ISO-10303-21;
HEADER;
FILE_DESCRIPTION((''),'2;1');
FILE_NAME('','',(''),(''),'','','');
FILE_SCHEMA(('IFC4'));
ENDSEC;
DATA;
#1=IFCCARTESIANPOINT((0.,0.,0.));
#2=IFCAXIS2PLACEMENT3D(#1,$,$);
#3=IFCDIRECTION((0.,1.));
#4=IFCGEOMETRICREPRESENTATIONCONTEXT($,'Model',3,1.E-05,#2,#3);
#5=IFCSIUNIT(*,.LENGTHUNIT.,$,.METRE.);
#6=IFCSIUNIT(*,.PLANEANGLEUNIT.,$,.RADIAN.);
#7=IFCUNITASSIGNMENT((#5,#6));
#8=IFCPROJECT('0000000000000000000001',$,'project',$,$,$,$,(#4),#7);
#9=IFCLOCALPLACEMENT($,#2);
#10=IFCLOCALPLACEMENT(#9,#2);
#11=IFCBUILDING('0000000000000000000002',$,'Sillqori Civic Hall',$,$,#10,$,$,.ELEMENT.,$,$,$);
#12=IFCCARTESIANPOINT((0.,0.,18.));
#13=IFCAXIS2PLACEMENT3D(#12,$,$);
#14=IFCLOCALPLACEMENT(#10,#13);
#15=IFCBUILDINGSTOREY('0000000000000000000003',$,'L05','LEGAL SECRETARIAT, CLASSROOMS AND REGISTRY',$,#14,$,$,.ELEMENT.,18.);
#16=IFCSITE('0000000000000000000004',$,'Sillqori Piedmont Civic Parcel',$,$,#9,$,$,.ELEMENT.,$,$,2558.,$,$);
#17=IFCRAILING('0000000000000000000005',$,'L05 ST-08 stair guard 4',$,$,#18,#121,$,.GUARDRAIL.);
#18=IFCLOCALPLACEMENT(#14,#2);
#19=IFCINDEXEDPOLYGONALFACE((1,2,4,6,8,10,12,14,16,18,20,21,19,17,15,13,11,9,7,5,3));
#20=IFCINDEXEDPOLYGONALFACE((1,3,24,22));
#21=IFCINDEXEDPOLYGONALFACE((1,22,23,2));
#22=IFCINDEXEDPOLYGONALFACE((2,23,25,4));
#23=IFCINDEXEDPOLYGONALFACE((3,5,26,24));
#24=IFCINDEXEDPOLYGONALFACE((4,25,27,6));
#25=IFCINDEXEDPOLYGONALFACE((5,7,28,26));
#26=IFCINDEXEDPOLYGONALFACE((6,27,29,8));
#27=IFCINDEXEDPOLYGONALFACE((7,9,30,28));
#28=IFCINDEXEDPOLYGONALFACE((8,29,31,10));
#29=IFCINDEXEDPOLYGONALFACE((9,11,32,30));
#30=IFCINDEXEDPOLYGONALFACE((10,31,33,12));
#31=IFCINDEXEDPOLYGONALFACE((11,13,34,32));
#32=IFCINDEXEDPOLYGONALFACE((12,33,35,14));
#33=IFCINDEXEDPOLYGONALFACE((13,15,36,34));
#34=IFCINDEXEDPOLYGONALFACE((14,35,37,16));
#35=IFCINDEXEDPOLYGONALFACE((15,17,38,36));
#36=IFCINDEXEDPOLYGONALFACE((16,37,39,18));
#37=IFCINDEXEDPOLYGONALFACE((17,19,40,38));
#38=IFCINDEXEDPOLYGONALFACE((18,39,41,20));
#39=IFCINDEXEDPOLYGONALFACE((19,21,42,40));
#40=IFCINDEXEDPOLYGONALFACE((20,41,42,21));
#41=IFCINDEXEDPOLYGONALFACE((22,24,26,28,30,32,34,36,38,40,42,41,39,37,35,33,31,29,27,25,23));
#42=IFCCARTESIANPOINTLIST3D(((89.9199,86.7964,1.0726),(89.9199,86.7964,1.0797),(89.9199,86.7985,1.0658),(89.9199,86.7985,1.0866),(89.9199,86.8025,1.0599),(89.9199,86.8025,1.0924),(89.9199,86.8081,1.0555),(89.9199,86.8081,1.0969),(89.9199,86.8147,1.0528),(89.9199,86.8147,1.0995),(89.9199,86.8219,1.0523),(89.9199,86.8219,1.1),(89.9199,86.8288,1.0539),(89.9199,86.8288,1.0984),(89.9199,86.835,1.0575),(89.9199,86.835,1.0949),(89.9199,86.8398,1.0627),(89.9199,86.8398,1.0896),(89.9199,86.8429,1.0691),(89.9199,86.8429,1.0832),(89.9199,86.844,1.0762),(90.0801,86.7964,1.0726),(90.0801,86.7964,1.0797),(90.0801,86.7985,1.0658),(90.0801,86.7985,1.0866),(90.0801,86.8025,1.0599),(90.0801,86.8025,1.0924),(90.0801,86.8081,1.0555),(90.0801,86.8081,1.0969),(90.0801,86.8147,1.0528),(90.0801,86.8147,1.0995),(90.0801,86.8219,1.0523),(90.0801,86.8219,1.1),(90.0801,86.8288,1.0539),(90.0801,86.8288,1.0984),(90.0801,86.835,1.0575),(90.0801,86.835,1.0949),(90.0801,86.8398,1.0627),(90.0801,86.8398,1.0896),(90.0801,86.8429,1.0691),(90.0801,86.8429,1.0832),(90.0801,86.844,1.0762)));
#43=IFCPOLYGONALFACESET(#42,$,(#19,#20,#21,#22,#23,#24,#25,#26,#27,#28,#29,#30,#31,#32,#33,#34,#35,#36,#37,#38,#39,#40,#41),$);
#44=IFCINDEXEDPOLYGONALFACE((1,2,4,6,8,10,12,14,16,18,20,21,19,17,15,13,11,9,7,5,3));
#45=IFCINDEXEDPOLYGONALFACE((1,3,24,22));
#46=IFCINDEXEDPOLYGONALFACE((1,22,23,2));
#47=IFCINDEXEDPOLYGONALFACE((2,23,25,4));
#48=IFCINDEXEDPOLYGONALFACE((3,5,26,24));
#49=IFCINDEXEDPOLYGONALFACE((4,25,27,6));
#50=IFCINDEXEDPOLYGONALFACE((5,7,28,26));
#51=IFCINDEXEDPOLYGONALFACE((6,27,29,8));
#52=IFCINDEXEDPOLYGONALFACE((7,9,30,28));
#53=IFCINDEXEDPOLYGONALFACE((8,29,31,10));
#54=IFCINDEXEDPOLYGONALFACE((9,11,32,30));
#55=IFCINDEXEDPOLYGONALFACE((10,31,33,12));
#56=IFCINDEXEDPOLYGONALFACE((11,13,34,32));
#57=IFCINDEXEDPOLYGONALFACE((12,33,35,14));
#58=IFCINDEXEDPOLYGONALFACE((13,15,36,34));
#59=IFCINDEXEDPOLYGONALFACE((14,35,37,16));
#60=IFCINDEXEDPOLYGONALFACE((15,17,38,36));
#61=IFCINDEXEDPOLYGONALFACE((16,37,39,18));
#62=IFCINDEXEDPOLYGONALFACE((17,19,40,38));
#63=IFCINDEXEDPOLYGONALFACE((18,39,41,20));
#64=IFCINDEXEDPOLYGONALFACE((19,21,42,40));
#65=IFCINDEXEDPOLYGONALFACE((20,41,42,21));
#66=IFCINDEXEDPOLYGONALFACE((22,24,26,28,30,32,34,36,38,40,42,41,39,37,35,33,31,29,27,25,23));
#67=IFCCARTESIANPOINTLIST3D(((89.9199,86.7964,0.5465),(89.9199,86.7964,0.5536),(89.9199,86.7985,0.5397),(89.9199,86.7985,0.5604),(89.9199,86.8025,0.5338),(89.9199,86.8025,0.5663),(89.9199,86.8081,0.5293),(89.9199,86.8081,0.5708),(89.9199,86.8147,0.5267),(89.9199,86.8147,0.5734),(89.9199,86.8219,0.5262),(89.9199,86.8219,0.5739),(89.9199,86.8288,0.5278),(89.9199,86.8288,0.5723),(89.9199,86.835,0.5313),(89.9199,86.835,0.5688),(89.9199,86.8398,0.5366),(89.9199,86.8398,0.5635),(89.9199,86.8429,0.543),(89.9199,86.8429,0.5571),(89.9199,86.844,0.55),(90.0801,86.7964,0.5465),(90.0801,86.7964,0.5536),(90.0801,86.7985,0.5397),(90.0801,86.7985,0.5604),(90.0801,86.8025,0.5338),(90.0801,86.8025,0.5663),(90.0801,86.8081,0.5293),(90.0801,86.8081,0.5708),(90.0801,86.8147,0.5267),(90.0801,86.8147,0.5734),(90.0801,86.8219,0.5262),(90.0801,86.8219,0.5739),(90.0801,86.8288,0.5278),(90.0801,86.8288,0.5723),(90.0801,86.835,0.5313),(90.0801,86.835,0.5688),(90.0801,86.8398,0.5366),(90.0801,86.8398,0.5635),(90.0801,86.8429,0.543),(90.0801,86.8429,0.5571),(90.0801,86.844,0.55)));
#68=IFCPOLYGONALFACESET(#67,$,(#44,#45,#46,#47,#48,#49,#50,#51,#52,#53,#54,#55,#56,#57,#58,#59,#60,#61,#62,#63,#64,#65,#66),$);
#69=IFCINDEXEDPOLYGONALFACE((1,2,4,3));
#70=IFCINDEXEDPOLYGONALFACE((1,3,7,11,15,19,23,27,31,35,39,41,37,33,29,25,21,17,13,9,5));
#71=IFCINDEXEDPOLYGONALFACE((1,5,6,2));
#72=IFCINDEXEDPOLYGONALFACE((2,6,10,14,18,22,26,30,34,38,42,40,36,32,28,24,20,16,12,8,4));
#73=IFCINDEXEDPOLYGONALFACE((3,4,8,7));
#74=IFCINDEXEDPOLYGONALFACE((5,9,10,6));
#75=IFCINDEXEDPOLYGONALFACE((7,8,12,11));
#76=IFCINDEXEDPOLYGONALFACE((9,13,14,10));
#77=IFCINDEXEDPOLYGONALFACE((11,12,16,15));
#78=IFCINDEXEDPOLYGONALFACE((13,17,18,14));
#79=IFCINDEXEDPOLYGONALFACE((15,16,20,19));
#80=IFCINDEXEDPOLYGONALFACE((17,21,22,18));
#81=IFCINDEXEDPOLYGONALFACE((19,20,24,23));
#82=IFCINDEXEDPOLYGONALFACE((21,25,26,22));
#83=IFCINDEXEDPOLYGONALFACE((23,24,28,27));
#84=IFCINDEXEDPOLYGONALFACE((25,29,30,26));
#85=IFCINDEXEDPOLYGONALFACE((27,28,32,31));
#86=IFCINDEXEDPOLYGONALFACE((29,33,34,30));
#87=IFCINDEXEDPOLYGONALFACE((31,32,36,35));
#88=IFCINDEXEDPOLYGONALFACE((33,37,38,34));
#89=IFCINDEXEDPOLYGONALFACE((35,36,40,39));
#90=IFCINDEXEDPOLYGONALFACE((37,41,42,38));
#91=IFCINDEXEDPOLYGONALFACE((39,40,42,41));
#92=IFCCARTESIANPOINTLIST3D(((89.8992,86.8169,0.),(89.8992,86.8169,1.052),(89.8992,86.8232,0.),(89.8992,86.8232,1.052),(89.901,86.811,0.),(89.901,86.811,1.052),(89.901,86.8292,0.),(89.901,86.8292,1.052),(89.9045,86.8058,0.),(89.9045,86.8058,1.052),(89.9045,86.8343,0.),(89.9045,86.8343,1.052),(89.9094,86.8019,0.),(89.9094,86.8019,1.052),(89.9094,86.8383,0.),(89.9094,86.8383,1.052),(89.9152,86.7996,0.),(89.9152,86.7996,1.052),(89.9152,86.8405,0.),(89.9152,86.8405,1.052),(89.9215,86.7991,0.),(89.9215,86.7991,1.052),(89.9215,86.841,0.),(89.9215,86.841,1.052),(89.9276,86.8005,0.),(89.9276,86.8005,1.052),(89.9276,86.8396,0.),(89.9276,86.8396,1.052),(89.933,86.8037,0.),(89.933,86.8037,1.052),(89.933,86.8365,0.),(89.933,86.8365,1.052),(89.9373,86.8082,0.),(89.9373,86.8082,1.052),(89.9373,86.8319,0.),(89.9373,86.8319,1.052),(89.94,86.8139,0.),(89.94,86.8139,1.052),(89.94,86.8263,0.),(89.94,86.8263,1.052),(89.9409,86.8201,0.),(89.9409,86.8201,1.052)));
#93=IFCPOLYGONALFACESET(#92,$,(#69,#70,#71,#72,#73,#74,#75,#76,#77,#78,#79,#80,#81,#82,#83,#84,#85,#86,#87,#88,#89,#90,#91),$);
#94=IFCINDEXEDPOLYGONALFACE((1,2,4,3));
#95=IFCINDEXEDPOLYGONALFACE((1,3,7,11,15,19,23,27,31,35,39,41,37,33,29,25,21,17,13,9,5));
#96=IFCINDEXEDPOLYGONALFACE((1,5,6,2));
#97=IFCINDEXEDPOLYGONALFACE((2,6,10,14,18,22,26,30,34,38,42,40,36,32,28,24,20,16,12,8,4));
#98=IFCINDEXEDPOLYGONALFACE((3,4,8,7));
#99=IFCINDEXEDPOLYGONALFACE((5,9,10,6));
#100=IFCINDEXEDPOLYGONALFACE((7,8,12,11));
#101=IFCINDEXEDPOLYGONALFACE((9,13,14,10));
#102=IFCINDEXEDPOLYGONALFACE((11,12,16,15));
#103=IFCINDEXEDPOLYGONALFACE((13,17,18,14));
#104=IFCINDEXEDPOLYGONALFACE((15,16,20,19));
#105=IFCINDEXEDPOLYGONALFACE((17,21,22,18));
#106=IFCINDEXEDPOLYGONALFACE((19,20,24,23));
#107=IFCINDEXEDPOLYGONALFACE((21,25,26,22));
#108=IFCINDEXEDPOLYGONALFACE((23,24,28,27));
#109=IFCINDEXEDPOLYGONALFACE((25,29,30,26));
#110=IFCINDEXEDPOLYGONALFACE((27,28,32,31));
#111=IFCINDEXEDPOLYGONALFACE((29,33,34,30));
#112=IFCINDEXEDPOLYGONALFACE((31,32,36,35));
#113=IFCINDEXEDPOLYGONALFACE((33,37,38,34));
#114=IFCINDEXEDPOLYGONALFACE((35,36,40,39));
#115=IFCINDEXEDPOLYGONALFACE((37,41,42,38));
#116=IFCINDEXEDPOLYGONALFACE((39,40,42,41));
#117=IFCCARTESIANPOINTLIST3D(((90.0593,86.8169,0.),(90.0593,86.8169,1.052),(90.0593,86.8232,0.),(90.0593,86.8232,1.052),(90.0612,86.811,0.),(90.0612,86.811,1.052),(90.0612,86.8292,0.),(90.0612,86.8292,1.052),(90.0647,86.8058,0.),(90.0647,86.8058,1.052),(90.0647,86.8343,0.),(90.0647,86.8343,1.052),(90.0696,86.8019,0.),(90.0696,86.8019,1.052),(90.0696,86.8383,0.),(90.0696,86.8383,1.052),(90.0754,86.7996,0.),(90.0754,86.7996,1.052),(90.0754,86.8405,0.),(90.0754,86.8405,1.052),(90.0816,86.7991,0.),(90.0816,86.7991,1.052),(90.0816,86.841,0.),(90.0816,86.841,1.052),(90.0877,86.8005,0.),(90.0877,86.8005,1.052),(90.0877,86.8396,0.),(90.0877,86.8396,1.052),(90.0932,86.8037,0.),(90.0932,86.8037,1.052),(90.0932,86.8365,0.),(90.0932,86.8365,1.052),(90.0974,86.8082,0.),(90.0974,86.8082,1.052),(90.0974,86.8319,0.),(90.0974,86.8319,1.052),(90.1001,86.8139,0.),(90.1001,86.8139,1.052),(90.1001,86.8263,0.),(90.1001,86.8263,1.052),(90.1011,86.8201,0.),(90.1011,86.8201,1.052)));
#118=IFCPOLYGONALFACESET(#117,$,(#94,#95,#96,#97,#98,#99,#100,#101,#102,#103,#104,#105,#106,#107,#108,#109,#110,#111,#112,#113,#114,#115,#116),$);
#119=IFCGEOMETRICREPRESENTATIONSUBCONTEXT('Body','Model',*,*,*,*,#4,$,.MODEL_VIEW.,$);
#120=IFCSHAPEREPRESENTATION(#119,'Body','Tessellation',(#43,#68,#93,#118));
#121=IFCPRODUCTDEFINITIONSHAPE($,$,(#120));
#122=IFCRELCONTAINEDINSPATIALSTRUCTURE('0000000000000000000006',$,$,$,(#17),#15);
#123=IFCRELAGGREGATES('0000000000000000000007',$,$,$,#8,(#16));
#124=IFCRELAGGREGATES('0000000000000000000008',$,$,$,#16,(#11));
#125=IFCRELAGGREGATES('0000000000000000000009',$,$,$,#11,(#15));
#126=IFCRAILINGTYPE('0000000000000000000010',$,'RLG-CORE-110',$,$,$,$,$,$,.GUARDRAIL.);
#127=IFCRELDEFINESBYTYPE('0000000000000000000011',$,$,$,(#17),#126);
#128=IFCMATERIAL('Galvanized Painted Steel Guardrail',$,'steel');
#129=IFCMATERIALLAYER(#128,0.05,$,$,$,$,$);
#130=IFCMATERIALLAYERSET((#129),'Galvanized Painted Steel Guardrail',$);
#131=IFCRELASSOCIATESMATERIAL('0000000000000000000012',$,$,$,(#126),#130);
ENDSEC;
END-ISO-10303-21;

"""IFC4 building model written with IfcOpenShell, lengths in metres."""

from ifc_helpers import new_model, si_unit, direction, frame, origin, origin_2d, place, context, subcontext, project, spatial, circle, extrude, material, layer, layer_set, type_object, element, save


model = new_model("IFC4")

# Units and contexts
model_context = context("Model", 3, precision=1e-05, world=origin(), true_north=direction((0.0, 1.0)))
body_context = subcontext(model_context, "Body", "Model", "MODEL_VIEW")
ifc_project = project(units=[si_unit("LENGTHUNIT", "METRE"), si_unit("PLANEANGLEUNIT", "RADIAN")], contexts=[model_context])

# Site, building, storey
site_placement = place(None, origin())
site = spatial("IfcSite", under=ifc_project, at=site_placement, Name="Sillqori Piedmont Civic Parcel", CompositionType="ELEMENT", RefElevation=2558.0)
building_placement = place(site_placement, origin())
building = spatial("IfcBuilding", under=site, at=building_placement, Name="Sillqori Civic Hall", CompositionType="ELEMENT")
storey_placement = place(building_placement, frame((0.0, 0.0, 18.0)))
storey = spatial("IfcBuildingStorey", under=building, at=storey_placement, Name="L05", Description="LEGAL SECRETARIAT, CLASSROOMS AND REGISTRY", CompositionType="ELEMENT", Elevation=18.0)

# Railing
ifc_material_1 = material(Name="Galvanized Painted Steel Guardrail", Category="steel")
ifc_layer_1 = layer(ifc_material_1, 0.05)
ifc_layer_set_1 = layer_set([ifc_layer_1], Name="Galvanized Painted Steel Guardrail")
railing_type_1 = type_object("IfcRailingType", Name="RLG-CORE-110", PredefinedType="GUARDRAIL", material=ifc_layer_set_1)
railing_1_placement = place(storey_placement, frame((89.9199, 86.8201, 0.0)))
element("IfcRailing", 1, at=railing_1_placement, inside=storey, type_object=railing_type_1, Name="L05 ST-08 stair guard 4", PredefinedType="GUARDRAIL", context=body_context, shape_type="SweptSolid", body=[
    extrude(circle(Radius=0.0239, at=origin_2d()), frame((0.0, 0.0, 1.0762), z_axis=(1.0, 0.0, 0.0), x_axis=(0.0, 1.0, 0.0)), (0.0, 0.0, 1.0), 0.1602),
    extrude(circle(Radius=0.0239, at=origin_2d()), frame((0.0, 0.0, 0.55), z_axis=(1.0, 0.0, 0.0), x_axis=(0.0, 1.0, 0.0)), (0.0, 0.0, 1.0), 0.1602),
    extrude(circle(Radius=0.021, at=origin_2d()), origin(), (0.0, 0.0, 1.0), 1.052),
    extrude(circle(Radius=0.021, at=origin_2d()), frame((0.1602, 0.0, 0.0)), (0.0, 0.0, 1.0), 1.052),
])

save(model, "model.ifc")
